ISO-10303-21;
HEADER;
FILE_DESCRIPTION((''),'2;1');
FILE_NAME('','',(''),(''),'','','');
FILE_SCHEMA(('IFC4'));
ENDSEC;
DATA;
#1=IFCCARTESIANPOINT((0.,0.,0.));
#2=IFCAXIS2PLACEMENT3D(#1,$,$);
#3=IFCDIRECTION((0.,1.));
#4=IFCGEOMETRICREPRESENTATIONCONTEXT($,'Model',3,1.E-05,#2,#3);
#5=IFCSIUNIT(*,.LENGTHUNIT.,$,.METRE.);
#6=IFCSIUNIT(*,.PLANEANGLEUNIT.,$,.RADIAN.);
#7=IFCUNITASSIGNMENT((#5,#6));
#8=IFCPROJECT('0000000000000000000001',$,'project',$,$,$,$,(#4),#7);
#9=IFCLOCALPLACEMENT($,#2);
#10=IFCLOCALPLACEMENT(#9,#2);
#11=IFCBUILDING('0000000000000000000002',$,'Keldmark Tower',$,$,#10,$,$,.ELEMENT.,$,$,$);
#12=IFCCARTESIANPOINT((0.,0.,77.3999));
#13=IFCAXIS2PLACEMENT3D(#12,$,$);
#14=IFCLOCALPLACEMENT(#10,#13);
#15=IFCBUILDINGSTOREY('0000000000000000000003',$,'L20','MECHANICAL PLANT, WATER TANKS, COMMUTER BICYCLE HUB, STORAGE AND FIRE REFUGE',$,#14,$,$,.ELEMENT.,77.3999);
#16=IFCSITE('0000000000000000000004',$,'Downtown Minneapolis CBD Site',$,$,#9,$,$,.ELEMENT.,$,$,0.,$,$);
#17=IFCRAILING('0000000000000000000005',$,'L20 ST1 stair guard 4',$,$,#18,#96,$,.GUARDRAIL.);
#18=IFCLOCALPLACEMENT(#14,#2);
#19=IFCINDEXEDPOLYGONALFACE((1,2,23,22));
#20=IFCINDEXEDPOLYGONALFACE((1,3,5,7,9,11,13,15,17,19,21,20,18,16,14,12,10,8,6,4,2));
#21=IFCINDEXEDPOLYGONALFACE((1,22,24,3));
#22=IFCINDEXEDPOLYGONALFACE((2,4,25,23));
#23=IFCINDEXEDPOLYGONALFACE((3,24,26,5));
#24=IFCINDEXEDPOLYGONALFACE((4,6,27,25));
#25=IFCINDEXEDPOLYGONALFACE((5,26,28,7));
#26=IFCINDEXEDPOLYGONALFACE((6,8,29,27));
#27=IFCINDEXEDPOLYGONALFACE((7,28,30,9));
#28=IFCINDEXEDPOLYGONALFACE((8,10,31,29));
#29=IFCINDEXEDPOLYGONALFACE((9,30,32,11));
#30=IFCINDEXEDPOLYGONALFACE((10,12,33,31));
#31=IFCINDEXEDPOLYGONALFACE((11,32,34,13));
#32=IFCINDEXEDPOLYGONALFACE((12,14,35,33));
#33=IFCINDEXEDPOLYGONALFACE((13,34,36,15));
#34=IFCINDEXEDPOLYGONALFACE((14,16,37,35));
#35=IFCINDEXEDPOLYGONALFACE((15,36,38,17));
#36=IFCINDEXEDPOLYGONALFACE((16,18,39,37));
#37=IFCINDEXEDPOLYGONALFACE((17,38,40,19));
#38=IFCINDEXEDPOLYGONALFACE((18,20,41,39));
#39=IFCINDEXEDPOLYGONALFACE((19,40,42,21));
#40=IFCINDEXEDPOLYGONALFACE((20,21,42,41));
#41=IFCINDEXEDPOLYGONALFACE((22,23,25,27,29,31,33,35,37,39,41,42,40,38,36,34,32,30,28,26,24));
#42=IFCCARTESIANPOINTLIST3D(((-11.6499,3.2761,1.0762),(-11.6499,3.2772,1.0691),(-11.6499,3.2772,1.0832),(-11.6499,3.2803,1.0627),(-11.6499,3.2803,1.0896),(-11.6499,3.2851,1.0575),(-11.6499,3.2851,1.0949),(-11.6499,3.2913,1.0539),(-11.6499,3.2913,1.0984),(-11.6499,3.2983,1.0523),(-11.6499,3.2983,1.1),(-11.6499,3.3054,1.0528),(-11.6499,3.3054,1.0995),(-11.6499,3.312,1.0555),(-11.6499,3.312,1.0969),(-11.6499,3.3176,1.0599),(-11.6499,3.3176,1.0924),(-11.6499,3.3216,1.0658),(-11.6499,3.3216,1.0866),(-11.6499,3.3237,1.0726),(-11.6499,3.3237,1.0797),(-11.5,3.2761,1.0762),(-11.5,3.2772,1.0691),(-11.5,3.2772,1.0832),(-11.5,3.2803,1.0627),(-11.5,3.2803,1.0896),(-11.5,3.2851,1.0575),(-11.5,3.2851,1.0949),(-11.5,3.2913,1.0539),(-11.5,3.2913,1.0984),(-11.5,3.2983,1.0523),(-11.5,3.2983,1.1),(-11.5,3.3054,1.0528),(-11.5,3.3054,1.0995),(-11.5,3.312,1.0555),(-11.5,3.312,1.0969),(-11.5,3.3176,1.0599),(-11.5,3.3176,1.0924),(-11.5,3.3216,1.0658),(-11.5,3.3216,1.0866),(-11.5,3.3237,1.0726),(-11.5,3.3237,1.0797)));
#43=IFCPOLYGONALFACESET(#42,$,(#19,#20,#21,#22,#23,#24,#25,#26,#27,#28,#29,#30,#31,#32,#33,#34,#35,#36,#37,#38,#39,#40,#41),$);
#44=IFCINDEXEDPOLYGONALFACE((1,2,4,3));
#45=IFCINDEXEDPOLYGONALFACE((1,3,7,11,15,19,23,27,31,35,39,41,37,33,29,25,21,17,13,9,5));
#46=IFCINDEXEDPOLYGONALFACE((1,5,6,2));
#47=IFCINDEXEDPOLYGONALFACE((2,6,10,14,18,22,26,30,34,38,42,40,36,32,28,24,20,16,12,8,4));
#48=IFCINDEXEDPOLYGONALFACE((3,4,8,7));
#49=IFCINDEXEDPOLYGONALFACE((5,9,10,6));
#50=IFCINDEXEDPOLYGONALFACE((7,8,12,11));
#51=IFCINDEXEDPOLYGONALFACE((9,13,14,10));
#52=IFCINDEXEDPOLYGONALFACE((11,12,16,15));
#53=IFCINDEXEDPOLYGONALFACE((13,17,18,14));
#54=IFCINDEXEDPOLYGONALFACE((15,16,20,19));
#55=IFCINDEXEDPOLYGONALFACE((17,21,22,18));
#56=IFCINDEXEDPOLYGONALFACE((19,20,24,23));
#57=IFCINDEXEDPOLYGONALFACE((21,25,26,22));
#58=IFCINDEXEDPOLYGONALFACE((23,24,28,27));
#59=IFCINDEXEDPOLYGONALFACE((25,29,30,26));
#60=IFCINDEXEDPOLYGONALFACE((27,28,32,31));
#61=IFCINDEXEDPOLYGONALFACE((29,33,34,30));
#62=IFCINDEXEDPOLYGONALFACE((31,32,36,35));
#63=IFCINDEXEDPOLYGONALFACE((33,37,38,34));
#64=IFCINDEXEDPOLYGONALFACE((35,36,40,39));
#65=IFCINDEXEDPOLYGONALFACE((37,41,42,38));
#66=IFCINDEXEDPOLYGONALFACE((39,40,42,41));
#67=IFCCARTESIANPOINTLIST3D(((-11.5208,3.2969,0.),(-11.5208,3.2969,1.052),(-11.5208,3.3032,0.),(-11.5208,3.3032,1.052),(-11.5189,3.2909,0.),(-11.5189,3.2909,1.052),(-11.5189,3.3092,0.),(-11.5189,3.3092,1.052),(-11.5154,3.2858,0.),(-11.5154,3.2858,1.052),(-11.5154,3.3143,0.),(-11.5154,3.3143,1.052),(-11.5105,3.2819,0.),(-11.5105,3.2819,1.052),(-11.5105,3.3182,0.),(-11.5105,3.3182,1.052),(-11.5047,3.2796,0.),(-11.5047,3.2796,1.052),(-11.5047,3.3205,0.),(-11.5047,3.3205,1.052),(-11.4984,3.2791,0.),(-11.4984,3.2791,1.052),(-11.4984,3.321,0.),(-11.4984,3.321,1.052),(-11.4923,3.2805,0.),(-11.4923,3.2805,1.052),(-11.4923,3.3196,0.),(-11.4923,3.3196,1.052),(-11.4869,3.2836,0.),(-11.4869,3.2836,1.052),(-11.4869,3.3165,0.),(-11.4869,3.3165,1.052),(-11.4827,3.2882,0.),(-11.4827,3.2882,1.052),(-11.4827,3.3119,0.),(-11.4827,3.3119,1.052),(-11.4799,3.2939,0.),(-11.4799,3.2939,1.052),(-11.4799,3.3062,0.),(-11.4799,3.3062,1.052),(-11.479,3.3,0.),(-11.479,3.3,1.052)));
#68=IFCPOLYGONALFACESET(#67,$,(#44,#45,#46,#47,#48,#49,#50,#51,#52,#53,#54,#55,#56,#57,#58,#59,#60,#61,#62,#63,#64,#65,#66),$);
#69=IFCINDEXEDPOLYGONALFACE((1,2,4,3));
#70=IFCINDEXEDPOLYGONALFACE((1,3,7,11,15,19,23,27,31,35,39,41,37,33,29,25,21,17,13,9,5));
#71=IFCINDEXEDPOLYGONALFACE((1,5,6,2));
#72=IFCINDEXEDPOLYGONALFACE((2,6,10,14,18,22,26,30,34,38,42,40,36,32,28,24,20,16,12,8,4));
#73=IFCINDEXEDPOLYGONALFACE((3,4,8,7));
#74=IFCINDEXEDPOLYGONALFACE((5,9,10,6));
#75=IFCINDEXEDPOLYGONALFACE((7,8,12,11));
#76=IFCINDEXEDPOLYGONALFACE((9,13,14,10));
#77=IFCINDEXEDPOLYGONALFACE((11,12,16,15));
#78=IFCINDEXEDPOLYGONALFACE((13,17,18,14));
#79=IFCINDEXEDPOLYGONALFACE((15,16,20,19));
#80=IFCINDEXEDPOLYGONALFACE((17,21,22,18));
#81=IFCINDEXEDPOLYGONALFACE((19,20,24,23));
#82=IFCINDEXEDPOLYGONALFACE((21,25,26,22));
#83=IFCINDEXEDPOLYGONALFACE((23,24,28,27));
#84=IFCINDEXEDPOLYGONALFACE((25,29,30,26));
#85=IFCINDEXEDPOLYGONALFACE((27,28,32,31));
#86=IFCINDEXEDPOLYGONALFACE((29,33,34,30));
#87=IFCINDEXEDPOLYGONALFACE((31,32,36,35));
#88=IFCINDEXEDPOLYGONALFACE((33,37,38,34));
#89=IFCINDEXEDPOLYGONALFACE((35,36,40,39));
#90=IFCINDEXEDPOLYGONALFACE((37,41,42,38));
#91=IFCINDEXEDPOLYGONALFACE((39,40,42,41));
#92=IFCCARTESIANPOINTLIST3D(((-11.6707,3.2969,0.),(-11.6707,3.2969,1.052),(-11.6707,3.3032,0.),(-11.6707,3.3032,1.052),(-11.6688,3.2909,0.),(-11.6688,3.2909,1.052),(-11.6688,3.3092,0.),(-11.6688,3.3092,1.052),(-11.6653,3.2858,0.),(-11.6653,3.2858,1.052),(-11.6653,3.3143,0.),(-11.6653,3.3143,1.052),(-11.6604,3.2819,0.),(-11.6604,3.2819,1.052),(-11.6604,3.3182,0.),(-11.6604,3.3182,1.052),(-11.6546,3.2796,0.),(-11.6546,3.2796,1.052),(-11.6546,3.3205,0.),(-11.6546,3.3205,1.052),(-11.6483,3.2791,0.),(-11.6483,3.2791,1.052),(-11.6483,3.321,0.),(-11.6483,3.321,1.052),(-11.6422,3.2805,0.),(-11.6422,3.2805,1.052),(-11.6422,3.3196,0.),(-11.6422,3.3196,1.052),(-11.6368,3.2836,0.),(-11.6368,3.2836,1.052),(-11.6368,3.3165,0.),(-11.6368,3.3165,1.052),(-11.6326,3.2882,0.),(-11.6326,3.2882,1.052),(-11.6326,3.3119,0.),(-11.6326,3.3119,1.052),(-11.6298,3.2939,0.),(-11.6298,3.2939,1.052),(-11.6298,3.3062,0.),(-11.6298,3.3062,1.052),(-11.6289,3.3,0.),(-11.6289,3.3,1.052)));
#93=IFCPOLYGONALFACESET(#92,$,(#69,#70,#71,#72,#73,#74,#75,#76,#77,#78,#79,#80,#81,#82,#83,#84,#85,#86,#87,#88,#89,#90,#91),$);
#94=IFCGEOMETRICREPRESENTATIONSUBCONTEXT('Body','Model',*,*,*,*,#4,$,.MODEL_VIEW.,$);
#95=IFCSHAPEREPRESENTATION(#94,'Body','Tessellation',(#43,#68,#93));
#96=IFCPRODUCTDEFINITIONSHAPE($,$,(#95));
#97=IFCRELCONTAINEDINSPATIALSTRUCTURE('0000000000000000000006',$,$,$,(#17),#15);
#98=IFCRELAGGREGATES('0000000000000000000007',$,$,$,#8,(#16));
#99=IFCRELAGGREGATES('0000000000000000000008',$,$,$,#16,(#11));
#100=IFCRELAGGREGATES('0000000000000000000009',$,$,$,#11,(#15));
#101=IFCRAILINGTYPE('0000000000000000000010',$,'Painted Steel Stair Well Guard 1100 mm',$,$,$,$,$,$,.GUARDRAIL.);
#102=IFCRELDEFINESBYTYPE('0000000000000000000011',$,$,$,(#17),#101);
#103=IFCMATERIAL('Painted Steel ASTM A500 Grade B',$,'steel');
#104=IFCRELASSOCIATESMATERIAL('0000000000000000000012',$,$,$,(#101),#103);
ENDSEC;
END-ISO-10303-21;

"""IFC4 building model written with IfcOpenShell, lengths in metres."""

from ifc_helpers import new_model, si_unit, direction, frame, origin, origin_2d, place, context, subcontext, project, spatial, circle, extrude, material, type_object, element, save


model = new_model("IFC4")

# Units and contexts
model_context = context("Model", 3, precision=1e-05, world=origin(), true_north=direction((0.0, 1.0)))
body_context = subcontext(model_context, "Body", "Model", "MODEL_VIEW")
ifc_project = project(units=[si_unit("LENGTHUNIT", "METRE"), si_unit("PLANEANGLEUNIT", "RADIAN")], contexts=[model_context])

# Site, building, storey
site_placement = place(None, origin())
site = spatial("IfcSite", under=ifc_project, at=site_placement, Name="Downtown Minneapolis CBD Site", CompositionType="ELEMENT", RefElevation=0.0)
building_placement = place(site_placement, origin())
building = spatial("IfcBuilding", under=site, at=building_placement, Name="Keldmark Tower", CompositionType="ELEMENT")
storey_placement = place(building_placement, frame((0.0, 0.0, 77.3999)))
storey = spatial("IfcBuildingStorey", under=building, at=storey_placement, Name="L20", Description="MECHANICAL PLANT, WATER TANKS, COMMUTER BICYCLE HUB, STORAGE AND FIRE REFUGE", CompositionType="ELEMENT", Elevation=77.3999)

# Railing
ifc_material_1 = material(Name="Painted Steel ASTM A500 Grade B", Category="steel")
railing_type_1 = type_object("IfcRailingType", Name="Painted Steel Stair Well Guard 1100 mm", PredefinedType="GUARDRAIL", material=ifc_material_1)
railing_1_placement = place(storey_placement, frame((-11.5, 3.3, 0.0)))
element("IfcRailing", 1, at=railing_1_placement, inside=storey, type_object=railing_type_1, Name="L20 ST1 stair guard 4", PredefinedType="GUARDRAIL", context=body_context, shape_type="SweptSolid", body=[
    extrude(circle(Radius=0.0239, at=origin_2d()), frame((0.0, 0.0, 1.0762), z_axis=(-1.0, 0.0, 0.0), x_axis=(0.0, -1.0, 0.0)), (0.0, 0.0, 1.0), 0.1499),
    extrude(circle(Radius=0.021, at=origin_2d()), origin(), (0.0, 0.0, 1.0), 1.052),
    extrude(circle(Radius=0.021, at=origin_2d()), frame((-0.1499, 0.0, 0.0)), (0.0, 0.0, 1.0), 1.052),
])

save(model, "model.ifc")
